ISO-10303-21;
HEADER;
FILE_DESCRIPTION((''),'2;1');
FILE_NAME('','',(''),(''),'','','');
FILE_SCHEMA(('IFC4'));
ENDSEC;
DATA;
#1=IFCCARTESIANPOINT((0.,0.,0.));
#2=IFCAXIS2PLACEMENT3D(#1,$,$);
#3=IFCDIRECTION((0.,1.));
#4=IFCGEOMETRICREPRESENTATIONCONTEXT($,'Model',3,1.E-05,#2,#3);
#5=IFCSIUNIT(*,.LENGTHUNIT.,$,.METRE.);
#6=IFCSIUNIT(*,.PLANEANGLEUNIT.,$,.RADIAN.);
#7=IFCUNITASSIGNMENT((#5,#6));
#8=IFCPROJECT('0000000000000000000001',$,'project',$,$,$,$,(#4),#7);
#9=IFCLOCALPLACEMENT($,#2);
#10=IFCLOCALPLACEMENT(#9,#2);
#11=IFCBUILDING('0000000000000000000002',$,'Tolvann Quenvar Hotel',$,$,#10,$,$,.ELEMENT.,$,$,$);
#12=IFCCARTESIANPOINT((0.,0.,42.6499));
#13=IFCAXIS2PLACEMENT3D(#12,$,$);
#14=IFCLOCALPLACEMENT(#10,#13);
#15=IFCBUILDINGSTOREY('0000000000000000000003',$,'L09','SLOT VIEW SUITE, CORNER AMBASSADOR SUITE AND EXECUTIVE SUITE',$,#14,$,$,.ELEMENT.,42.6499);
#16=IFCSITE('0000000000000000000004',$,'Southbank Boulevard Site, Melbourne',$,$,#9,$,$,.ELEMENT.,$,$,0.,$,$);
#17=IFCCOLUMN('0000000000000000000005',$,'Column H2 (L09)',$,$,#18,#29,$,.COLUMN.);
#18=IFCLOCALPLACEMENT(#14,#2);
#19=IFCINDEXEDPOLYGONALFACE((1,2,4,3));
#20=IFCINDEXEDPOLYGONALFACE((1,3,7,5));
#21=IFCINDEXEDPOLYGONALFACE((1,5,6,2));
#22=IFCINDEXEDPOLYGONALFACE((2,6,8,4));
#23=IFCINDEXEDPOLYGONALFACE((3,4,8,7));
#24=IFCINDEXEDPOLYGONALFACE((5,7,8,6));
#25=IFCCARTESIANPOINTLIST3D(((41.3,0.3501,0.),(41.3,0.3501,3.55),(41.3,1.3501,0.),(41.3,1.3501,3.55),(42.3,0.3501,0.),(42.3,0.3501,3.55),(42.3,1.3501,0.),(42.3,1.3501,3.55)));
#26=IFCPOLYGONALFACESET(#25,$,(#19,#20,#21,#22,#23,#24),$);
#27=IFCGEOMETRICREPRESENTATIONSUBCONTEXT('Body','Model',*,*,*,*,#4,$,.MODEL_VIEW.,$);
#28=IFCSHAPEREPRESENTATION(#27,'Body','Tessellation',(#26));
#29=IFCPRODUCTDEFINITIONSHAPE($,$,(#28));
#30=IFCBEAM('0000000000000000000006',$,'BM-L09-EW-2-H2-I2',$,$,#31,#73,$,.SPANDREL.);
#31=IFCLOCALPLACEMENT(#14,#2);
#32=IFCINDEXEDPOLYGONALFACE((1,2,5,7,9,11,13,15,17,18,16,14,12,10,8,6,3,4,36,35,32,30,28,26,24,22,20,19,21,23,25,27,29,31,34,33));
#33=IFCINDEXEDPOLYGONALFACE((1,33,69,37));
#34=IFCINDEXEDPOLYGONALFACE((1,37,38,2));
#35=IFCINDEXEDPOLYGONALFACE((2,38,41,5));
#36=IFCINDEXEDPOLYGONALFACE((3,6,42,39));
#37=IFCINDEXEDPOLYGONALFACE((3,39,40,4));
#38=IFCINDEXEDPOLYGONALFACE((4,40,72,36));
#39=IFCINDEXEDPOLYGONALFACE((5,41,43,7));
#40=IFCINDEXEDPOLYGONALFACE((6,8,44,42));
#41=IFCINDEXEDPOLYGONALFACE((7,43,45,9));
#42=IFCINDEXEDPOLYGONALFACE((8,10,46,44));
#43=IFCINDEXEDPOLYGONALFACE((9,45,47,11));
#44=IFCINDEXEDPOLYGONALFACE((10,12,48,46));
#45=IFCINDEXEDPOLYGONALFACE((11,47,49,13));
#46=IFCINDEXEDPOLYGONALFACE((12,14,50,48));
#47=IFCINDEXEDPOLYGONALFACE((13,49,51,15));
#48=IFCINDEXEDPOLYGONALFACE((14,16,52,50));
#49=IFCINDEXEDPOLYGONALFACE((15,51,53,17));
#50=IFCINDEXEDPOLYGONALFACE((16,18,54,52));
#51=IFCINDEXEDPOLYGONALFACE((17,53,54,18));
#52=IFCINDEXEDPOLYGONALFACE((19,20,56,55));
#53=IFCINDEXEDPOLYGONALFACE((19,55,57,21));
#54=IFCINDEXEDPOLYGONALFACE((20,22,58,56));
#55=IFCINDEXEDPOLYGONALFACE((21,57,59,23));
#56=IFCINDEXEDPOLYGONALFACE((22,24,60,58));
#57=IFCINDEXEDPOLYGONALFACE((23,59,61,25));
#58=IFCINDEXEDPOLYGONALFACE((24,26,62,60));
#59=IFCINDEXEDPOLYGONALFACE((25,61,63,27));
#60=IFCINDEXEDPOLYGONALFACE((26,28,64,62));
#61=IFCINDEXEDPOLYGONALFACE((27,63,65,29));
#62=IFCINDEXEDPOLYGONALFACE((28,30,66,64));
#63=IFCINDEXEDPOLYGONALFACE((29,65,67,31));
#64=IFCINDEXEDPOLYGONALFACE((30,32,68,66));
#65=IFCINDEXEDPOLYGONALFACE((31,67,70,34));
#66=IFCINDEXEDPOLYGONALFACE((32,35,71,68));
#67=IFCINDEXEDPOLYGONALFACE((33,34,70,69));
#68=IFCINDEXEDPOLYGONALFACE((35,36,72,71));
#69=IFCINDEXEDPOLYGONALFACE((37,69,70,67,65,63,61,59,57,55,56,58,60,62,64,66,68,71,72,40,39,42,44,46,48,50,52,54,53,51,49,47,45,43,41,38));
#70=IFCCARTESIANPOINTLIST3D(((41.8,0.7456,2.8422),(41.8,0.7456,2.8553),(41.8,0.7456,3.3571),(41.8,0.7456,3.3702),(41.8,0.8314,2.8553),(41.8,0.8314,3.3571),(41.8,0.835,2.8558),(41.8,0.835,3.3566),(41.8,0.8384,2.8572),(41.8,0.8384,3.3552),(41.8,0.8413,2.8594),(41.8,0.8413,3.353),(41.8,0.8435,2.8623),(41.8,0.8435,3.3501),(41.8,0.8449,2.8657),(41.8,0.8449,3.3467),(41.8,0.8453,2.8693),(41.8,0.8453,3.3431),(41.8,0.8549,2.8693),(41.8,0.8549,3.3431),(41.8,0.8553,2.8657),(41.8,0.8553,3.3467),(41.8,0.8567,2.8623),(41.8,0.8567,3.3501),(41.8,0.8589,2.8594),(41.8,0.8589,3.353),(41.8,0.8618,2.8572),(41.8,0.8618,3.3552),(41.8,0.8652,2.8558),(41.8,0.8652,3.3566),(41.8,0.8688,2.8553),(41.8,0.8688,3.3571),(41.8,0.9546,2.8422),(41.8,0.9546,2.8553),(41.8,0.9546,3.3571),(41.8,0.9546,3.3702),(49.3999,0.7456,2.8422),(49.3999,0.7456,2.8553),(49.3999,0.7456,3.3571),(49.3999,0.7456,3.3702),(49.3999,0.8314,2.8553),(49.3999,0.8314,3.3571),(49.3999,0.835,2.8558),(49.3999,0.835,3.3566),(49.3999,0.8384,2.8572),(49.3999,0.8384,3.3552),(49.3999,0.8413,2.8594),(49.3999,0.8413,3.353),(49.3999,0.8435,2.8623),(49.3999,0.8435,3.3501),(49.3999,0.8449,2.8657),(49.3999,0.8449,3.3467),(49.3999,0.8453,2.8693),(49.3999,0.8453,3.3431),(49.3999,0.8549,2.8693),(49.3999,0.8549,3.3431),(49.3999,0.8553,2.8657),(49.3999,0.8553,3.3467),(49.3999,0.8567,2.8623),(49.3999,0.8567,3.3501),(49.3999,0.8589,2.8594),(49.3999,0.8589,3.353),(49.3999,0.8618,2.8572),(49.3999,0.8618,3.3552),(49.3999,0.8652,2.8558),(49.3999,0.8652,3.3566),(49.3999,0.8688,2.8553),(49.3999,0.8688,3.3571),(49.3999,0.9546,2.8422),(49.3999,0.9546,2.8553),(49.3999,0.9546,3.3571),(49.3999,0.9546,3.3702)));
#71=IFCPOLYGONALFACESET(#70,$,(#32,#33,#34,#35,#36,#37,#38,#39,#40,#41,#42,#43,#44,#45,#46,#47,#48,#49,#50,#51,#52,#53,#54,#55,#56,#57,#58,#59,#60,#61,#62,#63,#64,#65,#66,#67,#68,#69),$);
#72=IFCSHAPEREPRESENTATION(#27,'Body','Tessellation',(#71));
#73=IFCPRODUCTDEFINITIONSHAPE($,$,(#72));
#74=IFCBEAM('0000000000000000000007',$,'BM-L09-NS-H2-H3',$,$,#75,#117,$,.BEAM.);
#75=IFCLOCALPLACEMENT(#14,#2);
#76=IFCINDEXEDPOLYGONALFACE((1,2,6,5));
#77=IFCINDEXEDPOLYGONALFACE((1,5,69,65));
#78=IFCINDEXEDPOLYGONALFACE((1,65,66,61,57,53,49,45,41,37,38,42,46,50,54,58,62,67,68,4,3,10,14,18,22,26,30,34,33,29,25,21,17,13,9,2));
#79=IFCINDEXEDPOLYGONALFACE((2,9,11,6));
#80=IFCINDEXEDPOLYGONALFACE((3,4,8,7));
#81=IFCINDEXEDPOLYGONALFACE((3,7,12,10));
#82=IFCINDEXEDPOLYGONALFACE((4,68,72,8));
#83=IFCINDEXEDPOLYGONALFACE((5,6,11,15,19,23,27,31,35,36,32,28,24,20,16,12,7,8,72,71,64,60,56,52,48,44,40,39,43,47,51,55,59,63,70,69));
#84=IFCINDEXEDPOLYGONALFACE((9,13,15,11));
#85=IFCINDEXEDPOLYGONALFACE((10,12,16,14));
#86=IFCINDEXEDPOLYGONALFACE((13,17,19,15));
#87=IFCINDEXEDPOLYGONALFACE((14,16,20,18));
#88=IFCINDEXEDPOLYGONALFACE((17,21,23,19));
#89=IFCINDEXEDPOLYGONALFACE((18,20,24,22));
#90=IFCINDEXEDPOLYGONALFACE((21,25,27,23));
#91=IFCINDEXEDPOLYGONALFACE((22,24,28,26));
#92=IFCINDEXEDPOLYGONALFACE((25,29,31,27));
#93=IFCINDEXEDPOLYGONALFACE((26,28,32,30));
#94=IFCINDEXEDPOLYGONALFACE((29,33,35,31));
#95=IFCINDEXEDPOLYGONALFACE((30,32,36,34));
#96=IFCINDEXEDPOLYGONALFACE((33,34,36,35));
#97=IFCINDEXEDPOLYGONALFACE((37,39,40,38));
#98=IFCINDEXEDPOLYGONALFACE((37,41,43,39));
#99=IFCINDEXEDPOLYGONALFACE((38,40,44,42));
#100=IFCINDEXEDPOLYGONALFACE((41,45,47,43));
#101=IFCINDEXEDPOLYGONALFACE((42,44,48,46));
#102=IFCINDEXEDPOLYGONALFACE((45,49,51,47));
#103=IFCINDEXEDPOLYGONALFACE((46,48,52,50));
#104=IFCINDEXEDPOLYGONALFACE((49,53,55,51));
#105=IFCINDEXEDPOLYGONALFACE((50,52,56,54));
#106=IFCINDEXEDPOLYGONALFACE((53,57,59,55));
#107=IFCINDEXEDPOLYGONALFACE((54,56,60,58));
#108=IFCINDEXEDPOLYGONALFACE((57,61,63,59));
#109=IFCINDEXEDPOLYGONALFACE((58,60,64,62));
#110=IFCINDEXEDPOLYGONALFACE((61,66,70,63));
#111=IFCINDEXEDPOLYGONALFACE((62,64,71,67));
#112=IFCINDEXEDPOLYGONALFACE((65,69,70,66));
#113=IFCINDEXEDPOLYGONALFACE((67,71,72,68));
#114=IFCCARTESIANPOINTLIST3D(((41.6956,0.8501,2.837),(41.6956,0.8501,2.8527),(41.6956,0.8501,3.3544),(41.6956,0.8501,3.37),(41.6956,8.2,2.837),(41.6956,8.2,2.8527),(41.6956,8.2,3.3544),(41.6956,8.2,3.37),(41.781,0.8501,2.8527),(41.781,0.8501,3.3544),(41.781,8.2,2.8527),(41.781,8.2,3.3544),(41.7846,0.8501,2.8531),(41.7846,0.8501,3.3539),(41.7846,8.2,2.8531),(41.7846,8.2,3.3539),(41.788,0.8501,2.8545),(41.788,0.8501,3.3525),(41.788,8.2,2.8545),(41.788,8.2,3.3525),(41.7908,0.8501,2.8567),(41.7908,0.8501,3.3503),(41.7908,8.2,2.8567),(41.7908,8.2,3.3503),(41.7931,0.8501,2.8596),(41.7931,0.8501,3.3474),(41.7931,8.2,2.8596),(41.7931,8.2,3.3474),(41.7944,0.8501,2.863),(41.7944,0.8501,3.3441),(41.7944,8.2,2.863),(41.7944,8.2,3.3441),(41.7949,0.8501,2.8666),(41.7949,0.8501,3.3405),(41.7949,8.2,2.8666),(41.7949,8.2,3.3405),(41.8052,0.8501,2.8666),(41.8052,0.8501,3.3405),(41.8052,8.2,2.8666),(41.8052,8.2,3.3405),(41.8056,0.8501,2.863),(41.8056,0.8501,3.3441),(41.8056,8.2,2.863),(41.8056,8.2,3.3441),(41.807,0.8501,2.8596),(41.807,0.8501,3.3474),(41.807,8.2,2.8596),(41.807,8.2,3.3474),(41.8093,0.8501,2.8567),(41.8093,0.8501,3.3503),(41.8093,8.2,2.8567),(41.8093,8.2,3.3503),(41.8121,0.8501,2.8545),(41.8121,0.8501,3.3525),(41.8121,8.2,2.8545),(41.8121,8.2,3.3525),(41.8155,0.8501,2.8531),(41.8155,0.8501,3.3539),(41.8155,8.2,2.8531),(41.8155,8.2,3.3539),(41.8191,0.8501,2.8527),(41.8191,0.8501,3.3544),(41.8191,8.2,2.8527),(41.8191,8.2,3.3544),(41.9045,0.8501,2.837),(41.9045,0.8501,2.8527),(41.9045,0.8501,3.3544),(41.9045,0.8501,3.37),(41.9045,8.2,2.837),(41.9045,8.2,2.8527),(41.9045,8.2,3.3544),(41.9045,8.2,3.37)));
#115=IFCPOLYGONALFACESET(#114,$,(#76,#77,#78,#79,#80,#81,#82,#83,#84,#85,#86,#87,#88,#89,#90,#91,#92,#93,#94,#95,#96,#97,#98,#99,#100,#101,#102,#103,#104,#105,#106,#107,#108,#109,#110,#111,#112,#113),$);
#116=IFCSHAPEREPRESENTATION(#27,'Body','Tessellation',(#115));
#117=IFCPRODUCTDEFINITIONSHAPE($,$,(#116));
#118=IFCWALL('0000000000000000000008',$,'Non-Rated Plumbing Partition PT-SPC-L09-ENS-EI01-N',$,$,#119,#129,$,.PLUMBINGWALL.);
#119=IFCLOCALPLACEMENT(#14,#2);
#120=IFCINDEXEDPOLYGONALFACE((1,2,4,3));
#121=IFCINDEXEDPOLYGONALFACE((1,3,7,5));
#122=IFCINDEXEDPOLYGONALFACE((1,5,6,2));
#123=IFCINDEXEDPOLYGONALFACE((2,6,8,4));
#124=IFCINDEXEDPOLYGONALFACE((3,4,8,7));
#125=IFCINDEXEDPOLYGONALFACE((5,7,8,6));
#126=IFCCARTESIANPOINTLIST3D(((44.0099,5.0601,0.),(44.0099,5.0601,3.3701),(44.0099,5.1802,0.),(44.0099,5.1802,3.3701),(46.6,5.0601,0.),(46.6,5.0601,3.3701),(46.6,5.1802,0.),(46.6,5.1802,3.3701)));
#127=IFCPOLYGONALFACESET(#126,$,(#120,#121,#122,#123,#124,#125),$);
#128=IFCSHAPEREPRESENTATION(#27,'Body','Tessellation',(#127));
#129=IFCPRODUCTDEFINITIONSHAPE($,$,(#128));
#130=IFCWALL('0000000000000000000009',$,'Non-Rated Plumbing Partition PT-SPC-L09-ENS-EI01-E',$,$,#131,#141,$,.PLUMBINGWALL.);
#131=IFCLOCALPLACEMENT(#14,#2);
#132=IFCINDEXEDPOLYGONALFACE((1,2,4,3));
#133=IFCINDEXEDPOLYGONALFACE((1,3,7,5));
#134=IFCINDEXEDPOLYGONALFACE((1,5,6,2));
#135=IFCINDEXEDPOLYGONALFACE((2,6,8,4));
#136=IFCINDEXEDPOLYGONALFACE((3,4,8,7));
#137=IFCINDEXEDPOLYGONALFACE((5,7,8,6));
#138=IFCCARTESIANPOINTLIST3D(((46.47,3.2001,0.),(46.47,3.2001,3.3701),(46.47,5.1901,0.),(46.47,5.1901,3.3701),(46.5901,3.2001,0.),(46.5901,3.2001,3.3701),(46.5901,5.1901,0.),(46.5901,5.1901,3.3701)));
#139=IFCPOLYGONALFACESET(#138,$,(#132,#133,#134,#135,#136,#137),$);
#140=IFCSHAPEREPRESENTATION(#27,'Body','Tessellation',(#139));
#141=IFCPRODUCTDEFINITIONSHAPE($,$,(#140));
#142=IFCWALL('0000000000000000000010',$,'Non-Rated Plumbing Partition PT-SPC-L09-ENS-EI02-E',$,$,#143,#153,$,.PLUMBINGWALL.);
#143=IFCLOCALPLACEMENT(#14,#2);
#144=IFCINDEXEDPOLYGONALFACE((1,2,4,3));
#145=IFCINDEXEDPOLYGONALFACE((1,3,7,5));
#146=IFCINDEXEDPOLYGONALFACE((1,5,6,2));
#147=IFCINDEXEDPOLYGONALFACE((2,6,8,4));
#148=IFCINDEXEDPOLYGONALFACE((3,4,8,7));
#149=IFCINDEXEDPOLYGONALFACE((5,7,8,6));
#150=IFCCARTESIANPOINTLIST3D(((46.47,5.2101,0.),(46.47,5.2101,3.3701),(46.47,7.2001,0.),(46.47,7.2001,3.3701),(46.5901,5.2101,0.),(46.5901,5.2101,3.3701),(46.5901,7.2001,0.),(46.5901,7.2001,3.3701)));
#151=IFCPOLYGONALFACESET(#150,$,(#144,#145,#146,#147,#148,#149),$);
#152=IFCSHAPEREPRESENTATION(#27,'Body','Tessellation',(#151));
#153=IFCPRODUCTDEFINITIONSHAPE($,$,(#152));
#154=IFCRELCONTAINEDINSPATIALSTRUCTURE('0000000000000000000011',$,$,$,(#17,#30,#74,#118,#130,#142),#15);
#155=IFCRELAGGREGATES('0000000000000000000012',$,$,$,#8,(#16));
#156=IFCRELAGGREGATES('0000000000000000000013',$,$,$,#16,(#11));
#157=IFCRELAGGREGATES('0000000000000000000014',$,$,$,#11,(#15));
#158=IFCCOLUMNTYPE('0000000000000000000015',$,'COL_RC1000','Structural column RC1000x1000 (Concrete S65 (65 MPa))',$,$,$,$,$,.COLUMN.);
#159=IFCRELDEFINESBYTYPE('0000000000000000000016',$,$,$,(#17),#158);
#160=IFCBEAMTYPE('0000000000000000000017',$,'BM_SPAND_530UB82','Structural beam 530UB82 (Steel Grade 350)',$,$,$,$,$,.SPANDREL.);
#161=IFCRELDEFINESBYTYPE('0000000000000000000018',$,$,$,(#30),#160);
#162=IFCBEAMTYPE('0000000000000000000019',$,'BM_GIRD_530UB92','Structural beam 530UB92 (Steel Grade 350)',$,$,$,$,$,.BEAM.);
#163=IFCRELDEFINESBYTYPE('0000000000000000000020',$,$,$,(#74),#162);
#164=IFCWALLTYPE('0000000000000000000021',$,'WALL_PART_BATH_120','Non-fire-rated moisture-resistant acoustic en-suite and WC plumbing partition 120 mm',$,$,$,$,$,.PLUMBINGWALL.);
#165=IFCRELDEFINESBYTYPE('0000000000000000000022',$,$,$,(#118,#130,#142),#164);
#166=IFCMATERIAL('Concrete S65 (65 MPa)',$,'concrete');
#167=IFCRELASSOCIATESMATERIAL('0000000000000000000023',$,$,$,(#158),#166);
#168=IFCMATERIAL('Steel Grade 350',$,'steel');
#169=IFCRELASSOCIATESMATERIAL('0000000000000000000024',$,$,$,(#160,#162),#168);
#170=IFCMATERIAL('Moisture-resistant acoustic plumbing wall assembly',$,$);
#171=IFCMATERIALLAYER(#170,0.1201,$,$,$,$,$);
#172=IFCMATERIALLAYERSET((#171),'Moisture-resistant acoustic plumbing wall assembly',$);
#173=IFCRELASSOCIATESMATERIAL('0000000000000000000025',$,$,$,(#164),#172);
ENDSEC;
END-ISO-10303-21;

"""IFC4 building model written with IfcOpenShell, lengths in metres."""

from ifc_helpers import new_model, si_unit, direction, frame, frame_2d, origin, origin_2d, place, context, subcontext, project, spatial, rectangle, i_section, extrude, source, transform, mapped, material, layer, layer_set, material_profile, profile_set, type_object, type_shapes, element, save


model = new_model("IFC4")

# Units and contexts
model_context = context("Model", 3, precision=1e-05, world=origin(), true_north=direction((0.0, 1.0)))
body_context = subcontext(model_context, "Body", "Model", "MODEL_VIEW")
ifc_project = project(units=[si_unit("LENGTHUNIT", "METRE"), si_unit("PLANEANGLEUNIT", "RADIAN")], contexts=[model_context])

# Site, building, storey
site_placement = place(None, origin())
site = spatial("IfcSite", under=ifc_project, at=site_placement, Name="Southbank Boulevard Site, Melbourne", CompositionType="ELEMENT", RefElevation=0.0)
building_placement = place(site_placement, origin())
building = spatial("IfcBuilding", under=site, at=building_placement, Name="Tolvann Quenvar Hotel", CompositionType="ELEMENT")
storey_placement = place(building_placement, frame((0.0, 0.0, 42.6499)))
storey = spatial("IfcBuildingStorey", under=building, at=storey_placement, Name="L09", Description="SLOT VIEW SUITE, CORNER AMBASSADOR SUITE AND EXECUTIVE SUITE", CompositionType="ELEMENT", Elevation=42.6499)

# Column
ifc_material_1 = material(Name="Concrete S65 (65 MPa)", Category="concrete")
ifc_material_profile_1 = material_profile(ifc_material_1, rectangle(XDim=1.0, YDim=1.0, at=origin_2d()), Name="RC1000x1000")
ifc_profile_set_1 = profile_set([ifc_material_profile_1], Name="Concrete S65 (65 MPa)")
column_type = type_object("IfcColumnType", Name="COL_RC1000", Description="Structural column RC1000x1000 (Concrete S65 (65 MPa))", PredefinedType="COLUMN", material=ifc_profile_set_1)
shared_shape_1 = source(origin(), body_context, "Body", "SweptSolid", [
    extrude(rectangle(XDim=1.0, YDim=1.0, at=origin_2d()), origin(), (0.0, 0.0, 1.0), 3.55),
])
type_shapes(column_type, [shared_shape_1])
column_placement = place(storey_placement, frame((41.8, 0.8501, 0.0), z_axis=(0.0, 0.0, 1.0), x_axis=(1.0, 0.0, 0.0)))
element("IfcColumn", 1, at=column_placement, inside=storey, type_object=column_type, Name="Column H2 (L09)", PredefinedType="COLUMN", context=body_context, shape_type="MappedRepresentation", body=[
    mapped(shared_shape_1, transform((0.0, 0.0, 0.0), x_axis=(1.0, 0.0, 0.0), y_axis=(0.0, 1.0, 0.0), z_axis=(0.0, 0.0, 1.0), scale=1.0)),
])

# Beams
ifc_material_2 = material(Name="Steel Grade 350", Category="steel")
ifc_material_profile_2 = material_profile(ifc_material_2, i_section(OverallWidth=0.209, OverallDepth=0.5281, WebThickness=0.0095, FlangeThickness=0.0132, FilletRadius=0.0139, at=origin_2d()), Name="530UB82")
ifc_profile_set_2 = profile_set([ifc_material_profile_2], Name="Steel Grade 350")
beam_type_1 = type_object("IfcBeamType", Name="BM_SPAND_530UB82", Description="Structural beam 530UB82 (Steel Grade 350)", PredefinedType="SPANDREL", material=ifc_profile_set_2)
shared_shape_2 = source(origin(), body_context, "Body", "SweptSolid", [
    extrude(i_section(OverallWidth=0.209, OverallDepth=0.5281, WebThickness=0.0095, FlangeThickness=0.0132, FilletRadius=0.0139, at=origin_2d()), origin(), (0.0, 0.0, 1.0), 7.5999),
])
type_shapes(beam_type_1, [shared_shape_2])
beam_1_placement = place(storey_placement, frame((41.8, 0.8501, 3.1062), z_axis=(1.0, 0.0, 0.0), x_axis=(0.0, 1.0, 0.0)))
element("IfcBeam", 2, at=beam_1_placement, inside=storey, type_object=beam_type_1, Name="BM-L09-EW-2-H2-I2", PredefinedType="SPANDREL", context=body_context, shape_type="MappedRepresentation", body=[
    mapped(shared_shape_2, transform((0.0, 0.0, 0.0), x_axis=(1.0, 0.0, 0.0), y_axis=(0.0, 1.0, 0.0), z_axis=(0.0, 0.0, 1.0), scale=1.0)),
])
ifc_material_profile_3 = material_profile(ifc_material_2, i_section(OverallWidth=0.209, OverallDepth=0.533, WebThickness=0.0103, FlangeThickness=0.0156, FilletRadius=0.0139, at=origin_2d()), Name="530UB92")
ifc_profile_set_3 = profile_set([ifc_material_profile_3], Name="Steel Grade 350")
beam_type_2 = type_object("IfcBeamType", Name="BM_GIRD_530UB92", Description="Structural beam 530UB92 (Steel Grade 350)", PredefinedType="BEAM", material=ifc_profile_set_3)
shared_shape_3 = source(origin(), body_context, "Body", "SweptSolid", [
    extrude(i_section(OverallWidth=0.209, OverallDepth=0.533, WebThickness=0.0103, FlangeThickness=0.0156, FilletRadius=0.0139, at=origin_2d()), origin(), (0.0, 0.0, 1.0), 7.3499),
])
type_shapes(beam_type_2, [shared_shape_3])
beam_2_placement = place(storey_placement, frame((41.8, 0.8501, 3.1035), z_axis=(0.0, 1.0, 0.0), x_axis=(-1.0, 0.0, 0.0)))
element("IfcBeam", 3, at=beam_2_placement, inside=storey, type_object=beam_type_2, Name="BM-L09-NS-H2-H3", PredefinedType="BEAM", context=body_context, shape_type="MappedRepresentation", body=[
    mapped(shared_shape_3, transform((0.0, 0.0, 0.0), x_axis=(1.0, 0.0, 0.0), y_axis=(0.0, 1.0, 0.0), z_axis=(0.0, 0.0, 1.0), scale=1.0)),
])

# Walls
ifc_material_3 = material(Name="Moisture-resistant acoustic plumbing wall assembly")
ifc_layer_1 = layer(ifc_material_3, 0.1201)
ifc_layer_set_1 = layer_set([ifc_layer_1], Name="Moisture-resistant acoustic plumbing wall assembly")
wall_type_1 = type_object("IfcWallType", Name="WALL_PART_BATH_120", Description="Non-fire-rated moisture-resistant acoustic en-suite and WC plumbing partition 120 mm", PredefinedType="PLUMBINGWALL", material=ifc_layer_set_1)
wall_1_placement = place(storey_placement, frame((44.01, 5.1201, 0.0), z_axis=(0.0, 0.0, 1.0), x_axis=(1.0, 0.0, 0.0)))
element("IfcWall", 4, at=wall_1_placement, inside=storey, type_object=wall_type_1, Name="Non-Rated Plumbing Partition PT-SPC-L09-ENS-EI01-N", PredefinedType="PLUMBINGWALL", context=body_context, shape_type="SweptSolid", body=[
    extrude(rectangle(XDim=2.5901, YDim=0.1201, at=frame_2d((1.2949, 0.0))), origin(), (0.0, 0.0, 1.0), 3.3701),
])
for number, where, z_axis, x_axis, name in (
    (5, (46.53, 3.2, 0.0), (0.0, 0.0, 1.0), (0.0, 1.0, 0.0), "Non-Rated Plumbing Partition PT-SPC-L09-ENS-EI01-E"),
    (6, (46.53, 5.21, 0.0), (0.0, 0.0, 1.0), (0.0, 1.0, 0.0), "Non-Rated Plumbing Partition PT-SPC-L09-ENS-EI02-E"),
):
    element("IfcWall", number, at=place(storey_placement, frame(where, z_axis=z_axis, x_axis=x_axis)), inside=storey, type_object=wall_type_1, Name=name, PredefinedType="PLUMBINGWALL", context=body_context, shape_type="SweptSolid", body=[
        extrude(rectangle(XDim=1.99, YDim=0.1201, at=frame_2d((0.9951, 0.0))), origin(), (0.0, 0.0, 1.0), 3.3701),
    ])

save(model, "model.ifc")
